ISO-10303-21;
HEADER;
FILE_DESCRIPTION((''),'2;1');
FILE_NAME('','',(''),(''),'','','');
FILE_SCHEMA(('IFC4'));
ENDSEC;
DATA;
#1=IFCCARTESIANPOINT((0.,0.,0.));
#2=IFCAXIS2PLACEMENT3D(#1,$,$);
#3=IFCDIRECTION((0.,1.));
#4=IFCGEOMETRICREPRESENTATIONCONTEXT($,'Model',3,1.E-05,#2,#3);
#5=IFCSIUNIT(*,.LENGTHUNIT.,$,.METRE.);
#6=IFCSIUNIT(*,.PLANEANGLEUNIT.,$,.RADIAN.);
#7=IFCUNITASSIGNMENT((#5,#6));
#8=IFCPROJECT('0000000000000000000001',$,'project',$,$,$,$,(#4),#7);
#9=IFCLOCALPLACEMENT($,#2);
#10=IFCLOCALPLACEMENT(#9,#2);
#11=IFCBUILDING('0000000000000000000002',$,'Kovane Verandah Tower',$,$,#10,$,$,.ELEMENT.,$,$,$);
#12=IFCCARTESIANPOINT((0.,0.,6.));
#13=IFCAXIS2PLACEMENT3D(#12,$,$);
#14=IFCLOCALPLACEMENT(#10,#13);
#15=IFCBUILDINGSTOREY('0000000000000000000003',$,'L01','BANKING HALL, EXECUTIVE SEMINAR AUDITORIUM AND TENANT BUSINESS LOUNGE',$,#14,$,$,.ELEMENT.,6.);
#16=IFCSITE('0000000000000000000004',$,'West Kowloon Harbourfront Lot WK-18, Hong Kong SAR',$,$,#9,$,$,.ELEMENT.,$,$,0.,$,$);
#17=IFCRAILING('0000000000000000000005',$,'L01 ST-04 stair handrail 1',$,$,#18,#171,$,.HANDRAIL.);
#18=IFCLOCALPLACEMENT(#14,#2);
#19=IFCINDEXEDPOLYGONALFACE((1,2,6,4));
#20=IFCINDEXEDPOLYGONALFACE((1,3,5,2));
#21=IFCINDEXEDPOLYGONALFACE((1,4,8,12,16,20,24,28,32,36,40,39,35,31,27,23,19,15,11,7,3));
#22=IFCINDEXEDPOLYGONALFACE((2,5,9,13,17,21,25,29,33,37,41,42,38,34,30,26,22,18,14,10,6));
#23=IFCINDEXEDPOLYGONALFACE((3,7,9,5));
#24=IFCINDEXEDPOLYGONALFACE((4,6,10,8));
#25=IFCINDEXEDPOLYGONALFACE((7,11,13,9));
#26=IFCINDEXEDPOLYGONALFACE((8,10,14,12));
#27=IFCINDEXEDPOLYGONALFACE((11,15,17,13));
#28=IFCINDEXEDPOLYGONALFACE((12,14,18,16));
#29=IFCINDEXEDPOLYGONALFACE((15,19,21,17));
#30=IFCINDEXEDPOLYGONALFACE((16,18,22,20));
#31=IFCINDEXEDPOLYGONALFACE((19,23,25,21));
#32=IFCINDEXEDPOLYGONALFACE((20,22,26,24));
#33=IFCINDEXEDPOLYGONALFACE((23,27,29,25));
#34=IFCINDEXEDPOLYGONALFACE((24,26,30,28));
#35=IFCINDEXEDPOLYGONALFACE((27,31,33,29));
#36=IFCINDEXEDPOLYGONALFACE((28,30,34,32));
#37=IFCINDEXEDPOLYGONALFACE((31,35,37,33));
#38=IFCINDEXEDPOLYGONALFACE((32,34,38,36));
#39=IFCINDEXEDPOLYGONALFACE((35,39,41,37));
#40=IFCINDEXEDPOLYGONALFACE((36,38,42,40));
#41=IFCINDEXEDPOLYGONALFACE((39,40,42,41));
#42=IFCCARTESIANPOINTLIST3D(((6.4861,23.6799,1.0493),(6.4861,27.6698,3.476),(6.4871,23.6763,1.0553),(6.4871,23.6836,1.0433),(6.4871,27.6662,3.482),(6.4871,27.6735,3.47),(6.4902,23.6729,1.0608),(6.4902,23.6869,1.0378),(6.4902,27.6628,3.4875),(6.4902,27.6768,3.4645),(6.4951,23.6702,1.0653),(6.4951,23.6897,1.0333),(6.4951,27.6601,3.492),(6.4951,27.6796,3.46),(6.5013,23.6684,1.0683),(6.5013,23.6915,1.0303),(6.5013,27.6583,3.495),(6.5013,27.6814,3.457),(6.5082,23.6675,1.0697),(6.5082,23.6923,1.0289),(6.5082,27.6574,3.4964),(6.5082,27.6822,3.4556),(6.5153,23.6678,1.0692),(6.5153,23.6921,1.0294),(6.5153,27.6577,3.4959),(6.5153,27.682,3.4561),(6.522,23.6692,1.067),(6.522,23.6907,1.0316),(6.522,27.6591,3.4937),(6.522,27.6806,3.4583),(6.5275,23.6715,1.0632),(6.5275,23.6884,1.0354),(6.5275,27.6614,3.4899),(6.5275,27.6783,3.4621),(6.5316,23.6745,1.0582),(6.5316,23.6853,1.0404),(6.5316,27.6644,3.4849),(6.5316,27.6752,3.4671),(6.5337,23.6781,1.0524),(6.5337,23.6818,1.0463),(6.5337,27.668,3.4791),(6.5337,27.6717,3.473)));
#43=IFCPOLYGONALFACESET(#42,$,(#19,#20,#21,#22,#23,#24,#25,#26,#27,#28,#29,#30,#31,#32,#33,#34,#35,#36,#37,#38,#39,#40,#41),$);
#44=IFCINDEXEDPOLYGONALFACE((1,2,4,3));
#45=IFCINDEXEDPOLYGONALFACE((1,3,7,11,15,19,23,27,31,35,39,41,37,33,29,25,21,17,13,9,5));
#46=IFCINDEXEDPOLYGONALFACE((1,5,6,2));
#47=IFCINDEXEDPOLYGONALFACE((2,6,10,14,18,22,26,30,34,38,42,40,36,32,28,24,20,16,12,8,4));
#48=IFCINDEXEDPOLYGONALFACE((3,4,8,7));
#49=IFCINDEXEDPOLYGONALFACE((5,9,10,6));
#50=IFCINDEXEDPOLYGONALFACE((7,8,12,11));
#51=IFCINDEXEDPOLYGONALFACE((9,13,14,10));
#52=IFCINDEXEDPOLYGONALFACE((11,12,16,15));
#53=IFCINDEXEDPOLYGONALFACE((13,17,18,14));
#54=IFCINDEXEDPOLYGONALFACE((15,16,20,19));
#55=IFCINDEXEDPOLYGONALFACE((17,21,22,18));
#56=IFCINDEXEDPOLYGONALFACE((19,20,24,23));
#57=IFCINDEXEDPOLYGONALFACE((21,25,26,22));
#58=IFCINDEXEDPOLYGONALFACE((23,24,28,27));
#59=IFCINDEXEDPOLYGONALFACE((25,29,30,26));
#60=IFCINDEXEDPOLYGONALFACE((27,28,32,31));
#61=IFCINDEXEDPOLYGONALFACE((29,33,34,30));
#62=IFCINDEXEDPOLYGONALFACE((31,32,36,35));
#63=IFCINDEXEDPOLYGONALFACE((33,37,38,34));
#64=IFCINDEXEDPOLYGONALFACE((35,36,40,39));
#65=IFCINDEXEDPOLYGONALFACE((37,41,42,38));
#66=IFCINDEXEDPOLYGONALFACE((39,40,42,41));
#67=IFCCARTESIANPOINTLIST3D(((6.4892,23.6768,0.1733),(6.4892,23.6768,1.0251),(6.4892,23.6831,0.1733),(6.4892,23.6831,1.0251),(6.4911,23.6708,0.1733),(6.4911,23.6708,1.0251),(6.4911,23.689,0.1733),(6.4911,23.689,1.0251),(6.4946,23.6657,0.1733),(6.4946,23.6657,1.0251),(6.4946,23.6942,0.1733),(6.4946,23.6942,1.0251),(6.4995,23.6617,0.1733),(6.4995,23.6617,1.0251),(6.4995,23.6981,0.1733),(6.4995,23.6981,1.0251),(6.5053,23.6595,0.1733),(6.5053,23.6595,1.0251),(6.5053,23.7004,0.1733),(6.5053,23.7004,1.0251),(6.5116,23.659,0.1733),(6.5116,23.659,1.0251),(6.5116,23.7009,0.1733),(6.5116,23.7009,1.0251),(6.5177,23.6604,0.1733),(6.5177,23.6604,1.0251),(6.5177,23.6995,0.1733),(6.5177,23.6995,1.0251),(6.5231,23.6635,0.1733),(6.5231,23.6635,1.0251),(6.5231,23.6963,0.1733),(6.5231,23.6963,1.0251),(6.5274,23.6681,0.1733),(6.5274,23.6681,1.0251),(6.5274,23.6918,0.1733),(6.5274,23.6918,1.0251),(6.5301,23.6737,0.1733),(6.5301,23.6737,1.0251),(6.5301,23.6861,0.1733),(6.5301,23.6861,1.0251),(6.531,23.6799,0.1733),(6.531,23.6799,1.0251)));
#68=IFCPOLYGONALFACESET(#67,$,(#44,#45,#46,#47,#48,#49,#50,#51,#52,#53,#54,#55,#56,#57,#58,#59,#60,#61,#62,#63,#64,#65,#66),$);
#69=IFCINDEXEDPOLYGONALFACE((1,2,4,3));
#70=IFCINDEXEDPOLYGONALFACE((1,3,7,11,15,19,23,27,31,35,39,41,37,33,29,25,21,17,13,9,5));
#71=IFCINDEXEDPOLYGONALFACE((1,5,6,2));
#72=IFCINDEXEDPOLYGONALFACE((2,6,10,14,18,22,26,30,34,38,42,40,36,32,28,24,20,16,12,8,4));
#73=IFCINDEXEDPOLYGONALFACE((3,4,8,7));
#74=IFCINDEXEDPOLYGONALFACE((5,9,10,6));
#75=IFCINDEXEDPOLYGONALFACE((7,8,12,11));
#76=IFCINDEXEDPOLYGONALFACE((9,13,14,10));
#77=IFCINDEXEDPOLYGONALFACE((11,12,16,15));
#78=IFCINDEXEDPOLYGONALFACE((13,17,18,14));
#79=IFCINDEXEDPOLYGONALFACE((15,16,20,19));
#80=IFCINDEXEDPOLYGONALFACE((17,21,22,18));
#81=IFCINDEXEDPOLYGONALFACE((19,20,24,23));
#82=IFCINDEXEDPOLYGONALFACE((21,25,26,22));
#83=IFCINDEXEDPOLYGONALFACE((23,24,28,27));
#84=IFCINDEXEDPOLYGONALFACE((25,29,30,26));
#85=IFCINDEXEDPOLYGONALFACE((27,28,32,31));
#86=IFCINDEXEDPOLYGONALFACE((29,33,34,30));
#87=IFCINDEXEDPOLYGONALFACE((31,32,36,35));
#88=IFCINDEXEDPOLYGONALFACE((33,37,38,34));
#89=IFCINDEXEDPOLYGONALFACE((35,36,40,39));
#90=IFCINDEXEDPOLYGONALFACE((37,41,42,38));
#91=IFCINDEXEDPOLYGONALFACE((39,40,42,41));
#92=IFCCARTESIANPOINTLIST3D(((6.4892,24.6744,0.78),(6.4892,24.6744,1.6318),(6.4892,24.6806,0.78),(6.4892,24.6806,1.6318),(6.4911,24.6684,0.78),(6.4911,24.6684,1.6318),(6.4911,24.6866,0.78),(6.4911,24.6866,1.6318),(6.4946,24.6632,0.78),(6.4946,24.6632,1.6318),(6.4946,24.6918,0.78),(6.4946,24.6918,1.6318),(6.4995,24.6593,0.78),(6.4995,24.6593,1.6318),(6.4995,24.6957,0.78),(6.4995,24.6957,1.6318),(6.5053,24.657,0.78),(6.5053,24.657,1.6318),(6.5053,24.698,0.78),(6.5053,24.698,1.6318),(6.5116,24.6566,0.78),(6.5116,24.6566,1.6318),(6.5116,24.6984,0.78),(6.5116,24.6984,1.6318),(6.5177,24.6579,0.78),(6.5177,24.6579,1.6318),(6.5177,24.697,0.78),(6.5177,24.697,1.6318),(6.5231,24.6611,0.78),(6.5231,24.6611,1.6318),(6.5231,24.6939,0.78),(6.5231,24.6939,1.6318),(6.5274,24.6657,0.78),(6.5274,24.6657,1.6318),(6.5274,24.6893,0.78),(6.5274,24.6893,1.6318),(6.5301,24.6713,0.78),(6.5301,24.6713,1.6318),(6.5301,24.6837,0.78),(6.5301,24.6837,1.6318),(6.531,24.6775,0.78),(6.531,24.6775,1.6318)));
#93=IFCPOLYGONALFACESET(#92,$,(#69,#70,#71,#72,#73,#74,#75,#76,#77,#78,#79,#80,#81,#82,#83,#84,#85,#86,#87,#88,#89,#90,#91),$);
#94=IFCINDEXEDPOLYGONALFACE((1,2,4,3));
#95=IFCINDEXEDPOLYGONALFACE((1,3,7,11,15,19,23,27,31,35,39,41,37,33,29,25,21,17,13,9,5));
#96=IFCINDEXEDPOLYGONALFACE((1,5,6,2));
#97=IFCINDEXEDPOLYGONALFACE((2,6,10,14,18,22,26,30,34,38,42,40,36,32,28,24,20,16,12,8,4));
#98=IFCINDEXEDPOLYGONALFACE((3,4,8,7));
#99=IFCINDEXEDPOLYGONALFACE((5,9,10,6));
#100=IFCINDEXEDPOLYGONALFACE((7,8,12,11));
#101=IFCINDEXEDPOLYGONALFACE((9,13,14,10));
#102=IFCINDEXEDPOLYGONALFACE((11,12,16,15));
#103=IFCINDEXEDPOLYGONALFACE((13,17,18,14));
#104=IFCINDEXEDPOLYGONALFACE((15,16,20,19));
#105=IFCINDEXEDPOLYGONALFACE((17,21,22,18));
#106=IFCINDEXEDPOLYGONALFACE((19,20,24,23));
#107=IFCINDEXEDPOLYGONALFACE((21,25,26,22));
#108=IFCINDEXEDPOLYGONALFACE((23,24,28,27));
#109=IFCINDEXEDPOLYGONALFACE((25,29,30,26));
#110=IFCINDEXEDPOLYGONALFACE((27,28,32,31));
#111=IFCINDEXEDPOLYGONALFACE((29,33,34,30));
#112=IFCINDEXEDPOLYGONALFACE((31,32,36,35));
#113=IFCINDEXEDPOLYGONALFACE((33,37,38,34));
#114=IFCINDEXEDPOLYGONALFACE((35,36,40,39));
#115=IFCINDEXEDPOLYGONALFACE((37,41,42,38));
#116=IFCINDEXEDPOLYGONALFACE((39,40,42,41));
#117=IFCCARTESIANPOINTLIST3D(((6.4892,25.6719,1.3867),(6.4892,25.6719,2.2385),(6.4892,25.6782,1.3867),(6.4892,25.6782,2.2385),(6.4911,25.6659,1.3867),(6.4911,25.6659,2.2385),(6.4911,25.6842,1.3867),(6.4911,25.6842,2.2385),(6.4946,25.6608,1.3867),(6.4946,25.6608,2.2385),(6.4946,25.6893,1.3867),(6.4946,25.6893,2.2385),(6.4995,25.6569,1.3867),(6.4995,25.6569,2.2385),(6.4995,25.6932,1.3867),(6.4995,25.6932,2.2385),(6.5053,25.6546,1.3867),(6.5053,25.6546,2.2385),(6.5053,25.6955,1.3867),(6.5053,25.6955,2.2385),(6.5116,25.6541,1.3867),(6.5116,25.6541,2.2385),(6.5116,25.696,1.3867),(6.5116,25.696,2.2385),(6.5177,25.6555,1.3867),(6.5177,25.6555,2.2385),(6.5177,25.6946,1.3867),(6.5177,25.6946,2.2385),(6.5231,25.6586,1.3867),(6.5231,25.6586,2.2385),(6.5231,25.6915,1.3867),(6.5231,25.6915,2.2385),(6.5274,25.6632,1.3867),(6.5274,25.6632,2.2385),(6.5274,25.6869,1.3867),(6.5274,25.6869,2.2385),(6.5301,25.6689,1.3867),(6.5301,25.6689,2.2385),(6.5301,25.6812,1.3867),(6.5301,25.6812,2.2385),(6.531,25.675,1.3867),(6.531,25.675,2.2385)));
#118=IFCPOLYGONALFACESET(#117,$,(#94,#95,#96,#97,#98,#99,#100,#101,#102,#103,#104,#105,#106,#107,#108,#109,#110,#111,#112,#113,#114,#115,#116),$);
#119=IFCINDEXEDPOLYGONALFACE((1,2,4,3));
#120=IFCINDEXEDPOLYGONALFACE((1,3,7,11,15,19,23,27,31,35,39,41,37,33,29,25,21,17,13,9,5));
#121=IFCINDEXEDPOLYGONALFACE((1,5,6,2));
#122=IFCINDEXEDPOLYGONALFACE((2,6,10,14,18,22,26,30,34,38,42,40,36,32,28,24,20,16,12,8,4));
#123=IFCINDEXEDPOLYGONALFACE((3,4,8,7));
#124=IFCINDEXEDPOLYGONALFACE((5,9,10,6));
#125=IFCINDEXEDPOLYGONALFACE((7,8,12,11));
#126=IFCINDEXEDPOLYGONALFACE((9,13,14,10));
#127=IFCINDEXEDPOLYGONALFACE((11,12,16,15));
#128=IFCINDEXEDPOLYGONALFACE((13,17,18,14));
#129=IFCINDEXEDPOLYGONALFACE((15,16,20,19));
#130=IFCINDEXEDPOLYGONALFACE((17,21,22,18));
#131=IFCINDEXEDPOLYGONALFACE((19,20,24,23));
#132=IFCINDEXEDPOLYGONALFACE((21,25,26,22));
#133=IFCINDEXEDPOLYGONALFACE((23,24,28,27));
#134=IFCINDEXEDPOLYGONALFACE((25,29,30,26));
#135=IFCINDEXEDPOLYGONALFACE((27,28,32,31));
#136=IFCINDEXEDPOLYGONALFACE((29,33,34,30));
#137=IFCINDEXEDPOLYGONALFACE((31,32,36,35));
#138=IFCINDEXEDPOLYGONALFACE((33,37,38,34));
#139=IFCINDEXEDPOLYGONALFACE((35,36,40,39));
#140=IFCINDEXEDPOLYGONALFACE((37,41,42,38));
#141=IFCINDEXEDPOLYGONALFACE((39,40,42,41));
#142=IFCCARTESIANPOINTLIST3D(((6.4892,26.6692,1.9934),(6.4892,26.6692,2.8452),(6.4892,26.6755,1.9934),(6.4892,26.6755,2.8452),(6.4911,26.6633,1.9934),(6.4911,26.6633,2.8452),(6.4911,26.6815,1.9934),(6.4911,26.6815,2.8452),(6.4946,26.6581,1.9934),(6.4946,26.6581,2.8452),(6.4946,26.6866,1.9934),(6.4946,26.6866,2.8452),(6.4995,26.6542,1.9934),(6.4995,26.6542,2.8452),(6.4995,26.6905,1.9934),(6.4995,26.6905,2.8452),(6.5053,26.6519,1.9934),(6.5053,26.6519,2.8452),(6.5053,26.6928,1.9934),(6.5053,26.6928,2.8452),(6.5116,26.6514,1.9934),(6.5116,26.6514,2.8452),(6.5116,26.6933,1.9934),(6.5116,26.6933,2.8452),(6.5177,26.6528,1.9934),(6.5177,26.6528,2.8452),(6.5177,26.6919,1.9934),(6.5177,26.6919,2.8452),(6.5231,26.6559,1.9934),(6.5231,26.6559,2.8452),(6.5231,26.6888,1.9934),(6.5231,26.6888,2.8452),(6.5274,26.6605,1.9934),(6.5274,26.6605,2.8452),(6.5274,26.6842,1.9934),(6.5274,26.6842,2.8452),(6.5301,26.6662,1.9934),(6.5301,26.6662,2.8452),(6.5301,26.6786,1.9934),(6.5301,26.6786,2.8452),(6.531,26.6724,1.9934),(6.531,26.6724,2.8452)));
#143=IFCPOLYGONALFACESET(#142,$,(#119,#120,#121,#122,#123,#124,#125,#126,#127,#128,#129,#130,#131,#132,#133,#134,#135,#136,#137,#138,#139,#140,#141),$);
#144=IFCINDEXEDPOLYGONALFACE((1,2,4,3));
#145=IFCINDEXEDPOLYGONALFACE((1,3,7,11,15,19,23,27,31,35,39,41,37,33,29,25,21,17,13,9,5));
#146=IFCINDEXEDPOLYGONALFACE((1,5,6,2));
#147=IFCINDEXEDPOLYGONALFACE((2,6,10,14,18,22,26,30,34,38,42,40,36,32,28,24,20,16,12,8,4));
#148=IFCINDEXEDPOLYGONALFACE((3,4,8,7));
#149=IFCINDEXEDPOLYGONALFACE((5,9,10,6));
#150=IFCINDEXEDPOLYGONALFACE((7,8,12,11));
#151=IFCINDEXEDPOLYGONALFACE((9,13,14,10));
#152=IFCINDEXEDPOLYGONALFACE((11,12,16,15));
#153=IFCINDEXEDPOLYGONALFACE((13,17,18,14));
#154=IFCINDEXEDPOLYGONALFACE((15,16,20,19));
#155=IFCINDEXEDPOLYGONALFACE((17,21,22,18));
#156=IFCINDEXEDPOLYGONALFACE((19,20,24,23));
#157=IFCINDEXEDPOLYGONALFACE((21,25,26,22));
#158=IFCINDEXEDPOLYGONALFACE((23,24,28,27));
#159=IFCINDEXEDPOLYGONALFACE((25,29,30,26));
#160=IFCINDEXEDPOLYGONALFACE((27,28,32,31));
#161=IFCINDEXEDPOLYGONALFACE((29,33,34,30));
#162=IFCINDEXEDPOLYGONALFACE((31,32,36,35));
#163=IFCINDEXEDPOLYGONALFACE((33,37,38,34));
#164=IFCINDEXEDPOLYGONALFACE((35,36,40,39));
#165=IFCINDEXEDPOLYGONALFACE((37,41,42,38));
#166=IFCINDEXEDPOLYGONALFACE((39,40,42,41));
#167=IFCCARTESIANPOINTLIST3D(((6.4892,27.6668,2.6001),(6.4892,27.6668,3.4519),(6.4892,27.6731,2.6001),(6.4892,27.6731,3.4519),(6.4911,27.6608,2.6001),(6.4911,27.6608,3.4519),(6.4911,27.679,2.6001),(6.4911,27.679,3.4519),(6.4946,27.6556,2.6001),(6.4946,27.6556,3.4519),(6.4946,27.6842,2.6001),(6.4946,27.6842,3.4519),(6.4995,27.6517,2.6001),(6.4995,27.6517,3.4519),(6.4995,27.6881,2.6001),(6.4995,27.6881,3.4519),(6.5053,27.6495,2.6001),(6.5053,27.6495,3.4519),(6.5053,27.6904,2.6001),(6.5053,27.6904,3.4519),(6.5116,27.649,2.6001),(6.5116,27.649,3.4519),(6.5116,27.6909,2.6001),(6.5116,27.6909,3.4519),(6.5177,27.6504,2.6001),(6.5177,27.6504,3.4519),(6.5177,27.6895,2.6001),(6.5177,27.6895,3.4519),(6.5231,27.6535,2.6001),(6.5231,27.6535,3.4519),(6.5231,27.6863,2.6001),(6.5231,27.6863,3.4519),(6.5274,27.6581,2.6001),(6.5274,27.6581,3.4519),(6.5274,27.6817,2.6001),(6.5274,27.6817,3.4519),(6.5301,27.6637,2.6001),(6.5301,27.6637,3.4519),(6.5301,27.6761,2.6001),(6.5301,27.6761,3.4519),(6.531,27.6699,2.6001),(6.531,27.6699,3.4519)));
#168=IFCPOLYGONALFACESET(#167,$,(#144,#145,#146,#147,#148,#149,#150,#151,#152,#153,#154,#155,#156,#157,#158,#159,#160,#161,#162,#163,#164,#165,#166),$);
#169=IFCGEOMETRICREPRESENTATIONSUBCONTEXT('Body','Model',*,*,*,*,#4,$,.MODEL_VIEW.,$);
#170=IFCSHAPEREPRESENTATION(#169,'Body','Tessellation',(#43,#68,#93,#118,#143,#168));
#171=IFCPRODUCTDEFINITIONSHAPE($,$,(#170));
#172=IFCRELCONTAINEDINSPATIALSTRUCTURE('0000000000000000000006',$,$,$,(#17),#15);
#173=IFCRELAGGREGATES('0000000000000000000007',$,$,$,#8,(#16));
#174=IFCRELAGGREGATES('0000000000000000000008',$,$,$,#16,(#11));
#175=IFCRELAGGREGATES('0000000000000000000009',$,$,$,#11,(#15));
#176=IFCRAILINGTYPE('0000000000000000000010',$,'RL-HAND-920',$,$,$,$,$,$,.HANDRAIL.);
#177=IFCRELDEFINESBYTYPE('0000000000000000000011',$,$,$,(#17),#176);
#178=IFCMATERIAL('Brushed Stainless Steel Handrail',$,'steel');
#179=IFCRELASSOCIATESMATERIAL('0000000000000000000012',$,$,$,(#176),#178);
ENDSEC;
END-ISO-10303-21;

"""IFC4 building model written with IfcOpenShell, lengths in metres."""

from ifc_helpers import new_model, si_unit, direction, frame, origin, origin_2d, place, context, subcontext, project, spatial, circle, extrude, material, type_object, element, save


model = new_model("IFC4")

# Units and contexts
model_context = context("Model", 3, precision=1e-05, world=origin(), true_north=direction((0.0, 1.0)))
body_context = subcontext(model_context, "Body", "Model", "MODEL_VIEW")
ifc_project = project(units=[si_unit("LENGTHUNIT", "METRE"), si_unit("PLANEANGLEUNIT", "RADIAN")], contexts=[model_context])

# Site, building, storey
site_placement = place(None, origin())
site = spatial("IfcSite", under=ifc_project, at=site_placement, Name="West Kowloon Harbourfront Lot WK-18, Hong Kong SAR", CompositionType="ELEMENT", RefElevation=0.0)
building_placement = place(site_placement, origin())
building = spatial("IfcBuilding", under=site, at=building_placement, Name="Kovane Verandah Tower", CompositionType="ELEMENT")
storey_placement = place(building_placement, frame((0.0, 0.0, 6.0)))
storey = spatial("IfcBuildingStorey", under=building, at=storey_placement, Name="L01", Description="BANKING HALL, EXECUTIVE SEMINAR AUDITORIUM AND TENANT BUSINESS LOUNGE", CompositionType="ELEMENT", Elevation=6.0)

# Railing
ifc_material_1 = material(Name="Brushed Stainless Steel Handrail", Category="steel")
railing_type = type_object("IfcRailingType", Name="RL-HAND-920", PredefinedType="HANDRAIL", material=ifc_material_1)
railing_placement = place(storey_placement, frame((6.51, 23.6799, 0.1733)))
element("IfcRailing", 1, at=railing_placement, inside=storey, type_object=railing_type, Name="L01 ST-04 stair handrail 1", PredefinedType="HANDRAIL", context=body_context, shape_type="SweptSolid", body=[
    extrude(circle(Radius=0.0239, at=origin_2d()), frame((0.0, 0.0, 0.876), z_axis=(0.0, 0.854382, 0.519645), x_axis=(-1.0, 0.0, 0.0)), (0.0, 0.0, 1.0), 4.6699),
    extrude(circle(Radius=0.021, at=origin_2d()), origin(), (0.0, 0.0, 1.0), 0.8518),
    extrude(circle(Radius=0.021, at=origin_2d()), frame((0.0, 0.9976, 0.6067)), (0.0, 0.0, 1.0), 0.8518),
    extrude(circle(Radius=0.021, at=origin_2d()), frame((0.0, 1.9951, 1.2134)), (0.0, 0.0, 1.0), 0.8518),
    extrude(circle(Radius=0.021, at=origin_2d()), frame((0.0, 2.9924, 1.8201)), (0.0, 0.0, 1.0), 0.8518),
    extrude(circle(Radius=0.021, at=origin_2d()), frame((0.0, 3.99, 2.4268)), (0.0, 0.0, 1.0), 0.8518),
])

save(model, "model.ifc")
